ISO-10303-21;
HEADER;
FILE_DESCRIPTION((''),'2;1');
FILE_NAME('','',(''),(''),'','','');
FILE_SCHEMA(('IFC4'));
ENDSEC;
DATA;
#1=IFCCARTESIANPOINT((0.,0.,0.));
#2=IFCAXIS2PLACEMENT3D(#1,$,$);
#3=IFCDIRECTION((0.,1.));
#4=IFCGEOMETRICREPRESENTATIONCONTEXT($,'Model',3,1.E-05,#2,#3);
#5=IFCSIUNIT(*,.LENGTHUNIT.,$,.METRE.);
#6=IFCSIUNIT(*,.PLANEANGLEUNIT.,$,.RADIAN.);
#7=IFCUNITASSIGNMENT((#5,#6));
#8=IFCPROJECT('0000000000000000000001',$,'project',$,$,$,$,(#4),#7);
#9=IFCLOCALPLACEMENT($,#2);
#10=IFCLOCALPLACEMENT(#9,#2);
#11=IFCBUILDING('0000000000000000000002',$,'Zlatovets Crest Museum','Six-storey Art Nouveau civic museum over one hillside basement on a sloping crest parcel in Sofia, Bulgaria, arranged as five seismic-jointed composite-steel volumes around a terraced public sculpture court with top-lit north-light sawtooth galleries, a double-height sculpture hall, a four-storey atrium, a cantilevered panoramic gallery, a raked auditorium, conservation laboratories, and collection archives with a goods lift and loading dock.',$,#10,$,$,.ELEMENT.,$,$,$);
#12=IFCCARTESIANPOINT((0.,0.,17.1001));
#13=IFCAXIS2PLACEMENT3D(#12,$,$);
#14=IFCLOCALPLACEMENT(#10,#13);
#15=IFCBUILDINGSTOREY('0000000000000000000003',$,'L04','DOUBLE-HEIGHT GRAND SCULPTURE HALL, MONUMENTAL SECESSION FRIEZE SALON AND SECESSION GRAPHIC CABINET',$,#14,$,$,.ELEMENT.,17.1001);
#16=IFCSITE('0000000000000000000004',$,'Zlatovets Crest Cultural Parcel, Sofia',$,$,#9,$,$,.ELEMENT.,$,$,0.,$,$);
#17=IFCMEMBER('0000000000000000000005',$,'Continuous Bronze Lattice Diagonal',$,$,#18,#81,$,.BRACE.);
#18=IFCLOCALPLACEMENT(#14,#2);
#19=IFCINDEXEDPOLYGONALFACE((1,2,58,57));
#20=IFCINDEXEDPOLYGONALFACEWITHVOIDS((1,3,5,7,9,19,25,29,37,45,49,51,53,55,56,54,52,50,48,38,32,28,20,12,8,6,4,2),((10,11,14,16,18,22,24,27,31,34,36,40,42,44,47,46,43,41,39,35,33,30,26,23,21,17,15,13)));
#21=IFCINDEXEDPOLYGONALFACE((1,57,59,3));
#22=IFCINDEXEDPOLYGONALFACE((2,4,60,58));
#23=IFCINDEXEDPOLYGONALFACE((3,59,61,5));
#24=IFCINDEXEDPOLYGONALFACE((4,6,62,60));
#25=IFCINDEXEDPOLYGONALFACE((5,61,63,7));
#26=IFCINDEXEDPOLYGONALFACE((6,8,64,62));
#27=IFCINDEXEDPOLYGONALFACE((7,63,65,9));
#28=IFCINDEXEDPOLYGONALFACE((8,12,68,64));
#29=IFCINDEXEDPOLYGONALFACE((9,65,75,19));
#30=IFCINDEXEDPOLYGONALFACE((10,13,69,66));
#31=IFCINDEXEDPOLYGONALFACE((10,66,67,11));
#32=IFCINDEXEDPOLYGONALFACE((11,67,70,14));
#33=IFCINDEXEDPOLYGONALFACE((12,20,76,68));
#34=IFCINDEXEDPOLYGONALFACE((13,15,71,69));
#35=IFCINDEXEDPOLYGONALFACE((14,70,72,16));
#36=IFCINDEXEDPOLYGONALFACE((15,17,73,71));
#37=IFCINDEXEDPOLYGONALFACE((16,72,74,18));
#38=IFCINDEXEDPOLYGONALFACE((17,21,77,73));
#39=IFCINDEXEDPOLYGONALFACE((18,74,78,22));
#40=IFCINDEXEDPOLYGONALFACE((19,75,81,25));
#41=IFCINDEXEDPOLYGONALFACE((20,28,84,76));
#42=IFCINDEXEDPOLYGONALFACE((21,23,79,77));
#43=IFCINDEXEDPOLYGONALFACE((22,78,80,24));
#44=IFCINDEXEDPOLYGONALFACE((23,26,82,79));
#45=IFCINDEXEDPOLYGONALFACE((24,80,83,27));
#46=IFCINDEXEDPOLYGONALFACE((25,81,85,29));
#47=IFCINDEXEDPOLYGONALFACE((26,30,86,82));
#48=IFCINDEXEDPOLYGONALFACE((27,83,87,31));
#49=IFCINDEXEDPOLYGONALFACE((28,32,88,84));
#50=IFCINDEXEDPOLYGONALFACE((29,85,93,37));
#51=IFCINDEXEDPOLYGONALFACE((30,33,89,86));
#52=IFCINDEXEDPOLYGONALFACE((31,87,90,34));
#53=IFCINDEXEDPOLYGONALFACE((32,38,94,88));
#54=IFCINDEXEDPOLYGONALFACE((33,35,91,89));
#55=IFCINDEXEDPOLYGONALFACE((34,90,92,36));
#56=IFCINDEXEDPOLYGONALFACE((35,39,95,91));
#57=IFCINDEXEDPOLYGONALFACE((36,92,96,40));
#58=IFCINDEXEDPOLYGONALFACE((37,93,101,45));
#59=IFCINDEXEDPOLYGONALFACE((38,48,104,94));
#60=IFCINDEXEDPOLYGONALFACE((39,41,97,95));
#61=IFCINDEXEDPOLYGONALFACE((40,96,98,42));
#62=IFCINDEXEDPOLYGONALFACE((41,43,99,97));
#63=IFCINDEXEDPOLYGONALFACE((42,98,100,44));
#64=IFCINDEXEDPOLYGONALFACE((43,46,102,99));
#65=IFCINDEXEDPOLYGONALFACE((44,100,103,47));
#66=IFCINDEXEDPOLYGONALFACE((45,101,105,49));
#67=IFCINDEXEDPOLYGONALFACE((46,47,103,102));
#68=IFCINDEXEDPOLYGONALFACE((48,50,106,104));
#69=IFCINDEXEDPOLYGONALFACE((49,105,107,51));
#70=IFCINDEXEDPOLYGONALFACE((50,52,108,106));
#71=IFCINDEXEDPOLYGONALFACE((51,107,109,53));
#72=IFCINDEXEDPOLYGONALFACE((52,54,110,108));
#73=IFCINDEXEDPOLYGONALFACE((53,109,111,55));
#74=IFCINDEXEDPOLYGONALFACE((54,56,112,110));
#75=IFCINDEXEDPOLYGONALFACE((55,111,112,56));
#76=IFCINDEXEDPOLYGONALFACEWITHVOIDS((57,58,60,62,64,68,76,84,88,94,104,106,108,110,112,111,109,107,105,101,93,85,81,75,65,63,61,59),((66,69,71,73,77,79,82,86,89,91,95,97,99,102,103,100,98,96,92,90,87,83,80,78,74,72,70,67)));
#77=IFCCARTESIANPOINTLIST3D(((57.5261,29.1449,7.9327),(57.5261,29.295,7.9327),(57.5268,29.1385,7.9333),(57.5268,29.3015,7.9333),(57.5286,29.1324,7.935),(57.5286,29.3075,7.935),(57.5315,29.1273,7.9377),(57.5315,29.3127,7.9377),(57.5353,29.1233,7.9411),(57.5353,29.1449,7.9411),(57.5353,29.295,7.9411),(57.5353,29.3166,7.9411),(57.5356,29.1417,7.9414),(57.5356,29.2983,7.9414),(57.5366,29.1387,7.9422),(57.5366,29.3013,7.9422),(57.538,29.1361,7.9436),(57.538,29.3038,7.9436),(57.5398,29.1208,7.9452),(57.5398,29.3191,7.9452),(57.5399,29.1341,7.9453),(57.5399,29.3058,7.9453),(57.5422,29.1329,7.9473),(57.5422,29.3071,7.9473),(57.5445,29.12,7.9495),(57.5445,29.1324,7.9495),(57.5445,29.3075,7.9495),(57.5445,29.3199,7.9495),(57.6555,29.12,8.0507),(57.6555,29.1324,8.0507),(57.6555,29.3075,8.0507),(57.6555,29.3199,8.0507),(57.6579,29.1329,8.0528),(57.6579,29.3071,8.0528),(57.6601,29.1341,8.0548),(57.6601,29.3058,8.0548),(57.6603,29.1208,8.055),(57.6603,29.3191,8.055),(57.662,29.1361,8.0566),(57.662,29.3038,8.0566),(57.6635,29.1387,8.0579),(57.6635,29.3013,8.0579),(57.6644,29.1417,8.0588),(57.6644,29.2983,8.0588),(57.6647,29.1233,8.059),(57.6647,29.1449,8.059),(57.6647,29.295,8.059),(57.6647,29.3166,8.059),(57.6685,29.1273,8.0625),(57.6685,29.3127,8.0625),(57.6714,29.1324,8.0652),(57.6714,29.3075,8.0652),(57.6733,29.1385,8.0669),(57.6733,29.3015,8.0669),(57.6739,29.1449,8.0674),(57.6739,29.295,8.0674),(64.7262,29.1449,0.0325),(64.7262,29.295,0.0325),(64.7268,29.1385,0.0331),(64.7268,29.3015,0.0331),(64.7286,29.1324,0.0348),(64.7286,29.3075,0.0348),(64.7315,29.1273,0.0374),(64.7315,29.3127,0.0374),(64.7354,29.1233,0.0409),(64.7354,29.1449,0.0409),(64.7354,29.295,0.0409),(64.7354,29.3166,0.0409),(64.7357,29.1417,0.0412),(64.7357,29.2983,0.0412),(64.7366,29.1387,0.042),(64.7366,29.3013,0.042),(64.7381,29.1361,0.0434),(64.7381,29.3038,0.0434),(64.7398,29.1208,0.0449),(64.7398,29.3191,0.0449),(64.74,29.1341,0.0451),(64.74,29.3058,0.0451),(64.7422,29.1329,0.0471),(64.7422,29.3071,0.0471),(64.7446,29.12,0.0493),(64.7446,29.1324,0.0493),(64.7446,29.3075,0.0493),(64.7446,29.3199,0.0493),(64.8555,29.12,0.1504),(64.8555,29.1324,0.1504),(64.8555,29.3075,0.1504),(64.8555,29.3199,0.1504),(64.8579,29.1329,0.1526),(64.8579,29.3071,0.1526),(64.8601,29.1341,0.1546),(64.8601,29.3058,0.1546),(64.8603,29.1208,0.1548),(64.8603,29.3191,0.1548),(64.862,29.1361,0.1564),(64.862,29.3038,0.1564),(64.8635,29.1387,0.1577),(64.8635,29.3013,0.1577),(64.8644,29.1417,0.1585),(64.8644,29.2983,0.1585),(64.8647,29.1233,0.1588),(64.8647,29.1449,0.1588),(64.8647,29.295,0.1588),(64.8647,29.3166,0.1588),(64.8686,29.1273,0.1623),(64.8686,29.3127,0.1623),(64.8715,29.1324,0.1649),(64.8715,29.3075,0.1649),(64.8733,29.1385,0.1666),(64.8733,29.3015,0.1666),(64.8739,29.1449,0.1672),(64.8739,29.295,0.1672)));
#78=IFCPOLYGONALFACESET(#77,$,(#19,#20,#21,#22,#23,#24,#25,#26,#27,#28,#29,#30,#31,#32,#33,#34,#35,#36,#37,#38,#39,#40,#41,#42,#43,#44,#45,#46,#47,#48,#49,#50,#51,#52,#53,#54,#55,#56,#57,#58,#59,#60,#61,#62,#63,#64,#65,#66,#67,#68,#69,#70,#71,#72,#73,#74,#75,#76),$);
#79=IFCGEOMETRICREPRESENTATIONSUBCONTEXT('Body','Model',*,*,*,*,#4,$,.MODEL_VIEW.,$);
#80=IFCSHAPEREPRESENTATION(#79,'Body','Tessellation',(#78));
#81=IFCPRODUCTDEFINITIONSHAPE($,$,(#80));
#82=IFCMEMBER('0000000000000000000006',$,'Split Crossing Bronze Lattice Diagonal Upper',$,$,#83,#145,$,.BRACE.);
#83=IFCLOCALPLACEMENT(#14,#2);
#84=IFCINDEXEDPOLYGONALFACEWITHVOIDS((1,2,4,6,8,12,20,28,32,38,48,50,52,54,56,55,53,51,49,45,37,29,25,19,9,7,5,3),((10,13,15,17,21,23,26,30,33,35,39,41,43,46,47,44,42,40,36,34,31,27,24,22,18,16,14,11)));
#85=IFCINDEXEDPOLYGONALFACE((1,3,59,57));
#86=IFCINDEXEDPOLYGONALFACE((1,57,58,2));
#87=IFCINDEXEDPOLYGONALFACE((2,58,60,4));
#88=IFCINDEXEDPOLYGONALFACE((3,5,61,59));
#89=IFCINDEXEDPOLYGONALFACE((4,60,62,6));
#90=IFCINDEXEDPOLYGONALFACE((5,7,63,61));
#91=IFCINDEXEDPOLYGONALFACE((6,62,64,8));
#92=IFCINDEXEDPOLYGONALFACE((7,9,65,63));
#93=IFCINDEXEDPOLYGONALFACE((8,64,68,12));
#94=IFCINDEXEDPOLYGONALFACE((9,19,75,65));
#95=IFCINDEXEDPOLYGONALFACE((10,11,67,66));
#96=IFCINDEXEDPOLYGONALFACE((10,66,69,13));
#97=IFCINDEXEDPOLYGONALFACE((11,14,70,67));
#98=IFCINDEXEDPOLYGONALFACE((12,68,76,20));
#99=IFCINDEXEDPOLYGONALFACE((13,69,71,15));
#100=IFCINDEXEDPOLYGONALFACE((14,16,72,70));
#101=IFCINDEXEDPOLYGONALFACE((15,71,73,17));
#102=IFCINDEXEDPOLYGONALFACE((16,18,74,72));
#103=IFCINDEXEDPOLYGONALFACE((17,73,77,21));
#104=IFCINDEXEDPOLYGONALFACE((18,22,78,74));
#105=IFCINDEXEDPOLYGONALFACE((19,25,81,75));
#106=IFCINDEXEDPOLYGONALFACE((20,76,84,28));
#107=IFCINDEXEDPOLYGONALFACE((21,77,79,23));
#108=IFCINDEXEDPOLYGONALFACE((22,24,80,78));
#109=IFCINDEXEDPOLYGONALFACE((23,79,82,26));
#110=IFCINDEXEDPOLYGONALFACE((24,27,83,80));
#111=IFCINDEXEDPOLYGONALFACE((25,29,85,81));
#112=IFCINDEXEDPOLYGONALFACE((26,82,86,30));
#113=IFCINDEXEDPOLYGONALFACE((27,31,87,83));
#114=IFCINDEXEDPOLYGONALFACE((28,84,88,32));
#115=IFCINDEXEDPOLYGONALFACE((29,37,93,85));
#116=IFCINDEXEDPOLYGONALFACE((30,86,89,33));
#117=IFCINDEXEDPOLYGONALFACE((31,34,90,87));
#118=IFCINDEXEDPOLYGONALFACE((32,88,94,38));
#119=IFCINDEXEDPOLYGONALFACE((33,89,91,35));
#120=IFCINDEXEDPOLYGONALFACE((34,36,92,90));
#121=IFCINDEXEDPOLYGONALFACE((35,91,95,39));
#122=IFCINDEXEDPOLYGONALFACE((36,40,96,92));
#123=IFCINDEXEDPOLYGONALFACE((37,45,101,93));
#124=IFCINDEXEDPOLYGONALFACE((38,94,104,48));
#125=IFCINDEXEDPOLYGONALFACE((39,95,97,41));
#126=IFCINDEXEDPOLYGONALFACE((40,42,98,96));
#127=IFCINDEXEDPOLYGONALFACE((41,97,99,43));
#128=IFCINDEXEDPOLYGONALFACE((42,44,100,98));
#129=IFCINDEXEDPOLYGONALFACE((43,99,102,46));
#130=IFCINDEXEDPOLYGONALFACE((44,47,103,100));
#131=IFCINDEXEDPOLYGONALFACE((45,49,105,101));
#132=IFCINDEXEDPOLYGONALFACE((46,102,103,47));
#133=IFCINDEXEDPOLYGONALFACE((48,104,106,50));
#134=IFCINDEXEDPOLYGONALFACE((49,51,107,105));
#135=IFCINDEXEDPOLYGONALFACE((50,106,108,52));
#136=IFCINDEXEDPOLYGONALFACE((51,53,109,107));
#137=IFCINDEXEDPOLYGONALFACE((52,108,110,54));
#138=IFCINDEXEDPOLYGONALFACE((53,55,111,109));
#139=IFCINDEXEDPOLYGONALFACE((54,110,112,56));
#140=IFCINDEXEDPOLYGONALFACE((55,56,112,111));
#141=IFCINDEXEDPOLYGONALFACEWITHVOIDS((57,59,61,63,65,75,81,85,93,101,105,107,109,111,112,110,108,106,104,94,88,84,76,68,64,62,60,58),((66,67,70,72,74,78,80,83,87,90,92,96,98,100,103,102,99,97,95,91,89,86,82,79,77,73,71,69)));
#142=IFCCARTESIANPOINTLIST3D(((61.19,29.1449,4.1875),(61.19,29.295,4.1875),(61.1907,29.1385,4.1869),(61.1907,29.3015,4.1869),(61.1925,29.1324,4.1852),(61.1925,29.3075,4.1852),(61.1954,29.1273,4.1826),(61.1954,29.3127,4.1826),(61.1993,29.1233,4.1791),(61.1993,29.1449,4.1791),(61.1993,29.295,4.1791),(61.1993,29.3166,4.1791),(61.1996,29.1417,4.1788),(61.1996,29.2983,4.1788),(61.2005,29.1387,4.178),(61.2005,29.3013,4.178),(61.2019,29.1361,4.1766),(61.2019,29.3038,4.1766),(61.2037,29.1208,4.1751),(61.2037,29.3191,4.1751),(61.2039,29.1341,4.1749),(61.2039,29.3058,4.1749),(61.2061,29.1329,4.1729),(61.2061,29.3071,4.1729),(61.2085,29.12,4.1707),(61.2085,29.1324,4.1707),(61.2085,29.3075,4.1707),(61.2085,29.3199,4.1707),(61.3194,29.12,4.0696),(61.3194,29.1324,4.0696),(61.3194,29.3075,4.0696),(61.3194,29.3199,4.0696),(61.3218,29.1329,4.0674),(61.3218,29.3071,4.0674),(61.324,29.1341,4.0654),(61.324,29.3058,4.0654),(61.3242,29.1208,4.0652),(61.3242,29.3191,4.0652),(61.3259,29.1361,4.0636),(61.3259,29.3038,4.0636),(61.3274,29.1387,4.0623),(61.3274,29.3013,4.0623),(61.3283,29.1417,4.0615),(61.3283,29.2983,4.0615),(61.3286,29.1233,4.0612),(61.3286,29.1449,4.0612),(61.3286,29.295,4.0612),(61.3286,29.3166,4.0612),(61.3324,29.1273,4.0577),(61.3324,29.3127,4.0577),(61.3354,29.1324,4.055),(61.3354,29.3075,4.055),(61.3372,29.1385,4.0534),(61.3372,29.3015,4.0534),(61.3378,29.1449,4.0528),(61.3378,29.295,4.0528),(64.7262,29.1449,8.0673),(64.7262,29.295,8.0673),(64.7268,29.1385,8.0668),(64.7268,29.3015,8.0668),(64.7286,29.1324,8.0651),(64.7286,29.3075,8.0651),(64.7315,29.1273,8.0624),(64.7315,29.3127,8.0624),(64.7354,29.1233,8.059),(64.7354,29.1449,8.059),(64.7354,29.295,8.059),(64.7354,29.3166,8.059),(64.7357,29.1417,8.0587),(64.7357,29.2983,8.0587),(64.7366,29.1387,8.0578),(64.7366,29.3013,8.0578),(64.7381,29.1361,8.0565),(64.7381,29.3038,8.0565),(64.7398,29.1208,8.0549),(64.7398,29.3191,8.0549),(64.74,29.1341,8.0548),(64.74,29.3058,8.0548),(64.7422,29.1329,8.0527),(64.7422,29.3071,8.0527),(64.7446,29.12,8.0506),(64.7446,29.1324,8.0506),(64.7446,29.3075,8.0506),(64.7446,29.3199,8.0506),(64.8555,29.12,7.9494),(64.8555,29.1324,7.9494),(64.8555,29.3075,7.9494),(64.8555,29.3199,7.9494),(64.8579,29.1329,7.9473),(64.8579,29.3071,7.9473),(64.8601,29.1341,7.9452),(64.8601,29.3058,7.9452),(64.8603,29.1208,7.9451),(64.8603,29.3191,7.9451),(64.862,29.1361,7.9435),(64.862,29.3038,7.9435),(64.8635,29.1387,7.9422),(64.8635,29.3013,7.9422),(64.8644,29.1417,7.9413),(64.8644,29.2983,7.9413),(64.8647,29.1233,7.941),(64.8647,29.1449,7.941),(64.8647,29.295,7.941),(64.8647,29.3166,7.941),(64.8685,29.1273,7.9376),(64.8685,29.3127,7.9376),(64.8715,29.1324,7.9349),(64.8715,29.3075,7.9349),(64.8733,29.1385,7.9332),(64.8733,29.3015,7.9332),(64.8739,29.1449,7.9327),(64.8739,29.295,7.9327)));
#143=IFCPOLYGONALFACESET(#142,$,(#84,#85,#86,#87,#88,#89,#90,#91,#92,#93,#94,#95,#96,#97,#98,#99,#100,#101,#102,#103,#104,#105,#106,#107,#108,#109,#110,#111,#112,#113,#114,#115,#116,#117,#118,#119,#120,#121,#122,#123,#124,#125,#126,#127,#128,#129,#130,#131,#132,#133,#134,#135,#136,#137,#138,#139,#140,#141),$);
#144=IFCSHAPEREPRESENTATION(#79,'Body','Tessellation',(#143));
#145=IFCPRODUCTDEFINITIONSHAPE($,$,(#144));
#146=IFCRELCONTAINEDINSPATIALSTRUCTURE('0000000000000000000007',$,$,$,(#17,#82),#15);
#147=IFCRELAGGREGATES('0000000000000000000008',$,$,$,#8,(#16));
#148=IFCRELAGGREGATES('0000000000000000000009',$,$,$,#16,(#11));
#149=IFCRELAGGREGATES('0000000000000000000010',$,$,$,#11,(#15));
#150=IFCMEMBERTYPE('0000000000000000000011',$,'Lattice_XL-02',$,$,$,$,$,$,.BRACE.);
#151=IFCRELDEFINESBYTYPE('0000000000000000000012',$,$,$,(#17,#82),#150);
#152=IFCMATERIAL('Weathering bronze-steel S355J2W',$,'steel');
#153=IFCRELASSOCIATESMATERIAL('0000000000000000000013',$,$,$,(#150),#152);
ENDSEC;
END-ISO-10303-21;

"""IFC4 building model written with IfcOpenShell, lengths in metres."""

from ifc_helpers import new_model, si_unit, direction, frame, origin, origin_2d, place, context, subcontext, project, spatial, hollow_rectangle, extrude, material, material_profile, profile_set, type_object, element, save


model = new_model("IFC4")

# Units and contexts
model_context = context("Model", 3, precision=1e-05, world=origin(), true_north=direction((0.0, 1.0)))
body_context = subcontext(model_context, "Body", "Model", "MODEL_VIEW")
ifc_project = project(units=[si_unit("LENGTHUNIT", "METRE"), si_unit("PLANEANGLEUNIT", "RADIAN")], contexts=[model_context])

# Site, building, storey
site_placement = place(None, origin())
site = spatial("IfcSite", under=ifc_project, at=site_placement, Name="Zlatovets Crest Cultural Parcel, Sofia", CompositionType="ELEMENT", RefElevation=0.0)
building_placement = place(site_placement, origin())
building = spatial("IfcBuilding", under=site, at=building_placement, Name="Zlatovets Crest Museum", Description="Six-storey Art Nouveau civic museum over one hillside basement on a sloping crest parcel in Sofia, Bulgaria, arranged as five seismic-jointed composite-steel volumes around a terraced public sculpture court with top-lit north-light sawtooth galleries, a double-height sculpture hall, a four-storey atrium, a cantilevered panoramic gallery, a raked auditorium, conservation laboratories, and collection archives with a goods lift and loading dock.", CompositionType="ELEMENT")
storey_placement = place(building_placement, frame((0.0, 0.0, 17.1001)))
storey = spatial("IfcBuildingStorey", under=building, at=storey_placement, Name="L04", Description="DOUBLE-HEIGHT GRAND SCULPTURE HALL, MONUMENTAL SECESSION FRIEZE SALON AND SECESSION GRAPHIC CABINET", CompositionType="ELEMENT", Elevation=17.1001)

# Members
ifc_material_1 = material(Name="Weathering bronze-steel S355J2W", Category="steel")
ifc_material_profile_1 = material_profile(ifc_material_1, hollow_rectangle(XDim=0.2, YDim=0.2, WallThickness=0.0125, InnerFilletRadius=0.0125, OuterFilletRadius=0.0249, at=origin_2d()), Name="SHS 200x200x12.5")
ifc_profile_set_1 = profile_set([ifc_material_profile_1], Name="Weathering bronze-steel S355J2W")
member_type_1 = type_object("IfcMemberType", Name="Lattice_XL-02", PredefinedType="BRACE", material=ifc_profile_set_1)
member_1_placement = place(storey_placement, frame((64.8, 29.22, 0.0999), z_axis=(-0.673594, 0.0, 0.739101), x_axis=(0.0, -1.0, 0.0)))
element("IfcMember", 1, at=member_1_placement, inside=storey, type_object=member_type_1, Name="Continuous Bronze Lattice Diagonal", PredefinedType="BRACE", context=body_context, shape_type="SweptSolid", body=[
    extrude(hollow_rectangle(XDim=0.2, YDim=0.2, WallThickness=0.0125, InnerFilletRadius=0.0125, OuterFilletRadius=0.0249, at=origin_2d()), origin(), (0.0, 0.0, 1.0), 10.689),
])
member_2_placement = place(storey_placement, frame((64.8, 29.22, 8.0), z_axis=(-0.673607, 0.0, -0.739089), x_axis=(0.0, -1.0, 0.0)))
element("IfcMember", 2, at=member_2_placement, inside=storey, type_object=member_type_1, Name="Split Crossing Bronze Lattice Diagonal Upper", PredefinedType="BRACE", context=body_context, shape_type="SweptSolid", body=[
    extrude(hollow_rectangle(XDim=0.2, YDim=0.2, WallThickness=0.0125, InnerFilletRadius=0.0125, OuterFilletRadius=0.0249, at=origin_2d()), origin(), (0.0, 0.0, 1.0), 5.2495),
])

save(model, "model.ifc")
